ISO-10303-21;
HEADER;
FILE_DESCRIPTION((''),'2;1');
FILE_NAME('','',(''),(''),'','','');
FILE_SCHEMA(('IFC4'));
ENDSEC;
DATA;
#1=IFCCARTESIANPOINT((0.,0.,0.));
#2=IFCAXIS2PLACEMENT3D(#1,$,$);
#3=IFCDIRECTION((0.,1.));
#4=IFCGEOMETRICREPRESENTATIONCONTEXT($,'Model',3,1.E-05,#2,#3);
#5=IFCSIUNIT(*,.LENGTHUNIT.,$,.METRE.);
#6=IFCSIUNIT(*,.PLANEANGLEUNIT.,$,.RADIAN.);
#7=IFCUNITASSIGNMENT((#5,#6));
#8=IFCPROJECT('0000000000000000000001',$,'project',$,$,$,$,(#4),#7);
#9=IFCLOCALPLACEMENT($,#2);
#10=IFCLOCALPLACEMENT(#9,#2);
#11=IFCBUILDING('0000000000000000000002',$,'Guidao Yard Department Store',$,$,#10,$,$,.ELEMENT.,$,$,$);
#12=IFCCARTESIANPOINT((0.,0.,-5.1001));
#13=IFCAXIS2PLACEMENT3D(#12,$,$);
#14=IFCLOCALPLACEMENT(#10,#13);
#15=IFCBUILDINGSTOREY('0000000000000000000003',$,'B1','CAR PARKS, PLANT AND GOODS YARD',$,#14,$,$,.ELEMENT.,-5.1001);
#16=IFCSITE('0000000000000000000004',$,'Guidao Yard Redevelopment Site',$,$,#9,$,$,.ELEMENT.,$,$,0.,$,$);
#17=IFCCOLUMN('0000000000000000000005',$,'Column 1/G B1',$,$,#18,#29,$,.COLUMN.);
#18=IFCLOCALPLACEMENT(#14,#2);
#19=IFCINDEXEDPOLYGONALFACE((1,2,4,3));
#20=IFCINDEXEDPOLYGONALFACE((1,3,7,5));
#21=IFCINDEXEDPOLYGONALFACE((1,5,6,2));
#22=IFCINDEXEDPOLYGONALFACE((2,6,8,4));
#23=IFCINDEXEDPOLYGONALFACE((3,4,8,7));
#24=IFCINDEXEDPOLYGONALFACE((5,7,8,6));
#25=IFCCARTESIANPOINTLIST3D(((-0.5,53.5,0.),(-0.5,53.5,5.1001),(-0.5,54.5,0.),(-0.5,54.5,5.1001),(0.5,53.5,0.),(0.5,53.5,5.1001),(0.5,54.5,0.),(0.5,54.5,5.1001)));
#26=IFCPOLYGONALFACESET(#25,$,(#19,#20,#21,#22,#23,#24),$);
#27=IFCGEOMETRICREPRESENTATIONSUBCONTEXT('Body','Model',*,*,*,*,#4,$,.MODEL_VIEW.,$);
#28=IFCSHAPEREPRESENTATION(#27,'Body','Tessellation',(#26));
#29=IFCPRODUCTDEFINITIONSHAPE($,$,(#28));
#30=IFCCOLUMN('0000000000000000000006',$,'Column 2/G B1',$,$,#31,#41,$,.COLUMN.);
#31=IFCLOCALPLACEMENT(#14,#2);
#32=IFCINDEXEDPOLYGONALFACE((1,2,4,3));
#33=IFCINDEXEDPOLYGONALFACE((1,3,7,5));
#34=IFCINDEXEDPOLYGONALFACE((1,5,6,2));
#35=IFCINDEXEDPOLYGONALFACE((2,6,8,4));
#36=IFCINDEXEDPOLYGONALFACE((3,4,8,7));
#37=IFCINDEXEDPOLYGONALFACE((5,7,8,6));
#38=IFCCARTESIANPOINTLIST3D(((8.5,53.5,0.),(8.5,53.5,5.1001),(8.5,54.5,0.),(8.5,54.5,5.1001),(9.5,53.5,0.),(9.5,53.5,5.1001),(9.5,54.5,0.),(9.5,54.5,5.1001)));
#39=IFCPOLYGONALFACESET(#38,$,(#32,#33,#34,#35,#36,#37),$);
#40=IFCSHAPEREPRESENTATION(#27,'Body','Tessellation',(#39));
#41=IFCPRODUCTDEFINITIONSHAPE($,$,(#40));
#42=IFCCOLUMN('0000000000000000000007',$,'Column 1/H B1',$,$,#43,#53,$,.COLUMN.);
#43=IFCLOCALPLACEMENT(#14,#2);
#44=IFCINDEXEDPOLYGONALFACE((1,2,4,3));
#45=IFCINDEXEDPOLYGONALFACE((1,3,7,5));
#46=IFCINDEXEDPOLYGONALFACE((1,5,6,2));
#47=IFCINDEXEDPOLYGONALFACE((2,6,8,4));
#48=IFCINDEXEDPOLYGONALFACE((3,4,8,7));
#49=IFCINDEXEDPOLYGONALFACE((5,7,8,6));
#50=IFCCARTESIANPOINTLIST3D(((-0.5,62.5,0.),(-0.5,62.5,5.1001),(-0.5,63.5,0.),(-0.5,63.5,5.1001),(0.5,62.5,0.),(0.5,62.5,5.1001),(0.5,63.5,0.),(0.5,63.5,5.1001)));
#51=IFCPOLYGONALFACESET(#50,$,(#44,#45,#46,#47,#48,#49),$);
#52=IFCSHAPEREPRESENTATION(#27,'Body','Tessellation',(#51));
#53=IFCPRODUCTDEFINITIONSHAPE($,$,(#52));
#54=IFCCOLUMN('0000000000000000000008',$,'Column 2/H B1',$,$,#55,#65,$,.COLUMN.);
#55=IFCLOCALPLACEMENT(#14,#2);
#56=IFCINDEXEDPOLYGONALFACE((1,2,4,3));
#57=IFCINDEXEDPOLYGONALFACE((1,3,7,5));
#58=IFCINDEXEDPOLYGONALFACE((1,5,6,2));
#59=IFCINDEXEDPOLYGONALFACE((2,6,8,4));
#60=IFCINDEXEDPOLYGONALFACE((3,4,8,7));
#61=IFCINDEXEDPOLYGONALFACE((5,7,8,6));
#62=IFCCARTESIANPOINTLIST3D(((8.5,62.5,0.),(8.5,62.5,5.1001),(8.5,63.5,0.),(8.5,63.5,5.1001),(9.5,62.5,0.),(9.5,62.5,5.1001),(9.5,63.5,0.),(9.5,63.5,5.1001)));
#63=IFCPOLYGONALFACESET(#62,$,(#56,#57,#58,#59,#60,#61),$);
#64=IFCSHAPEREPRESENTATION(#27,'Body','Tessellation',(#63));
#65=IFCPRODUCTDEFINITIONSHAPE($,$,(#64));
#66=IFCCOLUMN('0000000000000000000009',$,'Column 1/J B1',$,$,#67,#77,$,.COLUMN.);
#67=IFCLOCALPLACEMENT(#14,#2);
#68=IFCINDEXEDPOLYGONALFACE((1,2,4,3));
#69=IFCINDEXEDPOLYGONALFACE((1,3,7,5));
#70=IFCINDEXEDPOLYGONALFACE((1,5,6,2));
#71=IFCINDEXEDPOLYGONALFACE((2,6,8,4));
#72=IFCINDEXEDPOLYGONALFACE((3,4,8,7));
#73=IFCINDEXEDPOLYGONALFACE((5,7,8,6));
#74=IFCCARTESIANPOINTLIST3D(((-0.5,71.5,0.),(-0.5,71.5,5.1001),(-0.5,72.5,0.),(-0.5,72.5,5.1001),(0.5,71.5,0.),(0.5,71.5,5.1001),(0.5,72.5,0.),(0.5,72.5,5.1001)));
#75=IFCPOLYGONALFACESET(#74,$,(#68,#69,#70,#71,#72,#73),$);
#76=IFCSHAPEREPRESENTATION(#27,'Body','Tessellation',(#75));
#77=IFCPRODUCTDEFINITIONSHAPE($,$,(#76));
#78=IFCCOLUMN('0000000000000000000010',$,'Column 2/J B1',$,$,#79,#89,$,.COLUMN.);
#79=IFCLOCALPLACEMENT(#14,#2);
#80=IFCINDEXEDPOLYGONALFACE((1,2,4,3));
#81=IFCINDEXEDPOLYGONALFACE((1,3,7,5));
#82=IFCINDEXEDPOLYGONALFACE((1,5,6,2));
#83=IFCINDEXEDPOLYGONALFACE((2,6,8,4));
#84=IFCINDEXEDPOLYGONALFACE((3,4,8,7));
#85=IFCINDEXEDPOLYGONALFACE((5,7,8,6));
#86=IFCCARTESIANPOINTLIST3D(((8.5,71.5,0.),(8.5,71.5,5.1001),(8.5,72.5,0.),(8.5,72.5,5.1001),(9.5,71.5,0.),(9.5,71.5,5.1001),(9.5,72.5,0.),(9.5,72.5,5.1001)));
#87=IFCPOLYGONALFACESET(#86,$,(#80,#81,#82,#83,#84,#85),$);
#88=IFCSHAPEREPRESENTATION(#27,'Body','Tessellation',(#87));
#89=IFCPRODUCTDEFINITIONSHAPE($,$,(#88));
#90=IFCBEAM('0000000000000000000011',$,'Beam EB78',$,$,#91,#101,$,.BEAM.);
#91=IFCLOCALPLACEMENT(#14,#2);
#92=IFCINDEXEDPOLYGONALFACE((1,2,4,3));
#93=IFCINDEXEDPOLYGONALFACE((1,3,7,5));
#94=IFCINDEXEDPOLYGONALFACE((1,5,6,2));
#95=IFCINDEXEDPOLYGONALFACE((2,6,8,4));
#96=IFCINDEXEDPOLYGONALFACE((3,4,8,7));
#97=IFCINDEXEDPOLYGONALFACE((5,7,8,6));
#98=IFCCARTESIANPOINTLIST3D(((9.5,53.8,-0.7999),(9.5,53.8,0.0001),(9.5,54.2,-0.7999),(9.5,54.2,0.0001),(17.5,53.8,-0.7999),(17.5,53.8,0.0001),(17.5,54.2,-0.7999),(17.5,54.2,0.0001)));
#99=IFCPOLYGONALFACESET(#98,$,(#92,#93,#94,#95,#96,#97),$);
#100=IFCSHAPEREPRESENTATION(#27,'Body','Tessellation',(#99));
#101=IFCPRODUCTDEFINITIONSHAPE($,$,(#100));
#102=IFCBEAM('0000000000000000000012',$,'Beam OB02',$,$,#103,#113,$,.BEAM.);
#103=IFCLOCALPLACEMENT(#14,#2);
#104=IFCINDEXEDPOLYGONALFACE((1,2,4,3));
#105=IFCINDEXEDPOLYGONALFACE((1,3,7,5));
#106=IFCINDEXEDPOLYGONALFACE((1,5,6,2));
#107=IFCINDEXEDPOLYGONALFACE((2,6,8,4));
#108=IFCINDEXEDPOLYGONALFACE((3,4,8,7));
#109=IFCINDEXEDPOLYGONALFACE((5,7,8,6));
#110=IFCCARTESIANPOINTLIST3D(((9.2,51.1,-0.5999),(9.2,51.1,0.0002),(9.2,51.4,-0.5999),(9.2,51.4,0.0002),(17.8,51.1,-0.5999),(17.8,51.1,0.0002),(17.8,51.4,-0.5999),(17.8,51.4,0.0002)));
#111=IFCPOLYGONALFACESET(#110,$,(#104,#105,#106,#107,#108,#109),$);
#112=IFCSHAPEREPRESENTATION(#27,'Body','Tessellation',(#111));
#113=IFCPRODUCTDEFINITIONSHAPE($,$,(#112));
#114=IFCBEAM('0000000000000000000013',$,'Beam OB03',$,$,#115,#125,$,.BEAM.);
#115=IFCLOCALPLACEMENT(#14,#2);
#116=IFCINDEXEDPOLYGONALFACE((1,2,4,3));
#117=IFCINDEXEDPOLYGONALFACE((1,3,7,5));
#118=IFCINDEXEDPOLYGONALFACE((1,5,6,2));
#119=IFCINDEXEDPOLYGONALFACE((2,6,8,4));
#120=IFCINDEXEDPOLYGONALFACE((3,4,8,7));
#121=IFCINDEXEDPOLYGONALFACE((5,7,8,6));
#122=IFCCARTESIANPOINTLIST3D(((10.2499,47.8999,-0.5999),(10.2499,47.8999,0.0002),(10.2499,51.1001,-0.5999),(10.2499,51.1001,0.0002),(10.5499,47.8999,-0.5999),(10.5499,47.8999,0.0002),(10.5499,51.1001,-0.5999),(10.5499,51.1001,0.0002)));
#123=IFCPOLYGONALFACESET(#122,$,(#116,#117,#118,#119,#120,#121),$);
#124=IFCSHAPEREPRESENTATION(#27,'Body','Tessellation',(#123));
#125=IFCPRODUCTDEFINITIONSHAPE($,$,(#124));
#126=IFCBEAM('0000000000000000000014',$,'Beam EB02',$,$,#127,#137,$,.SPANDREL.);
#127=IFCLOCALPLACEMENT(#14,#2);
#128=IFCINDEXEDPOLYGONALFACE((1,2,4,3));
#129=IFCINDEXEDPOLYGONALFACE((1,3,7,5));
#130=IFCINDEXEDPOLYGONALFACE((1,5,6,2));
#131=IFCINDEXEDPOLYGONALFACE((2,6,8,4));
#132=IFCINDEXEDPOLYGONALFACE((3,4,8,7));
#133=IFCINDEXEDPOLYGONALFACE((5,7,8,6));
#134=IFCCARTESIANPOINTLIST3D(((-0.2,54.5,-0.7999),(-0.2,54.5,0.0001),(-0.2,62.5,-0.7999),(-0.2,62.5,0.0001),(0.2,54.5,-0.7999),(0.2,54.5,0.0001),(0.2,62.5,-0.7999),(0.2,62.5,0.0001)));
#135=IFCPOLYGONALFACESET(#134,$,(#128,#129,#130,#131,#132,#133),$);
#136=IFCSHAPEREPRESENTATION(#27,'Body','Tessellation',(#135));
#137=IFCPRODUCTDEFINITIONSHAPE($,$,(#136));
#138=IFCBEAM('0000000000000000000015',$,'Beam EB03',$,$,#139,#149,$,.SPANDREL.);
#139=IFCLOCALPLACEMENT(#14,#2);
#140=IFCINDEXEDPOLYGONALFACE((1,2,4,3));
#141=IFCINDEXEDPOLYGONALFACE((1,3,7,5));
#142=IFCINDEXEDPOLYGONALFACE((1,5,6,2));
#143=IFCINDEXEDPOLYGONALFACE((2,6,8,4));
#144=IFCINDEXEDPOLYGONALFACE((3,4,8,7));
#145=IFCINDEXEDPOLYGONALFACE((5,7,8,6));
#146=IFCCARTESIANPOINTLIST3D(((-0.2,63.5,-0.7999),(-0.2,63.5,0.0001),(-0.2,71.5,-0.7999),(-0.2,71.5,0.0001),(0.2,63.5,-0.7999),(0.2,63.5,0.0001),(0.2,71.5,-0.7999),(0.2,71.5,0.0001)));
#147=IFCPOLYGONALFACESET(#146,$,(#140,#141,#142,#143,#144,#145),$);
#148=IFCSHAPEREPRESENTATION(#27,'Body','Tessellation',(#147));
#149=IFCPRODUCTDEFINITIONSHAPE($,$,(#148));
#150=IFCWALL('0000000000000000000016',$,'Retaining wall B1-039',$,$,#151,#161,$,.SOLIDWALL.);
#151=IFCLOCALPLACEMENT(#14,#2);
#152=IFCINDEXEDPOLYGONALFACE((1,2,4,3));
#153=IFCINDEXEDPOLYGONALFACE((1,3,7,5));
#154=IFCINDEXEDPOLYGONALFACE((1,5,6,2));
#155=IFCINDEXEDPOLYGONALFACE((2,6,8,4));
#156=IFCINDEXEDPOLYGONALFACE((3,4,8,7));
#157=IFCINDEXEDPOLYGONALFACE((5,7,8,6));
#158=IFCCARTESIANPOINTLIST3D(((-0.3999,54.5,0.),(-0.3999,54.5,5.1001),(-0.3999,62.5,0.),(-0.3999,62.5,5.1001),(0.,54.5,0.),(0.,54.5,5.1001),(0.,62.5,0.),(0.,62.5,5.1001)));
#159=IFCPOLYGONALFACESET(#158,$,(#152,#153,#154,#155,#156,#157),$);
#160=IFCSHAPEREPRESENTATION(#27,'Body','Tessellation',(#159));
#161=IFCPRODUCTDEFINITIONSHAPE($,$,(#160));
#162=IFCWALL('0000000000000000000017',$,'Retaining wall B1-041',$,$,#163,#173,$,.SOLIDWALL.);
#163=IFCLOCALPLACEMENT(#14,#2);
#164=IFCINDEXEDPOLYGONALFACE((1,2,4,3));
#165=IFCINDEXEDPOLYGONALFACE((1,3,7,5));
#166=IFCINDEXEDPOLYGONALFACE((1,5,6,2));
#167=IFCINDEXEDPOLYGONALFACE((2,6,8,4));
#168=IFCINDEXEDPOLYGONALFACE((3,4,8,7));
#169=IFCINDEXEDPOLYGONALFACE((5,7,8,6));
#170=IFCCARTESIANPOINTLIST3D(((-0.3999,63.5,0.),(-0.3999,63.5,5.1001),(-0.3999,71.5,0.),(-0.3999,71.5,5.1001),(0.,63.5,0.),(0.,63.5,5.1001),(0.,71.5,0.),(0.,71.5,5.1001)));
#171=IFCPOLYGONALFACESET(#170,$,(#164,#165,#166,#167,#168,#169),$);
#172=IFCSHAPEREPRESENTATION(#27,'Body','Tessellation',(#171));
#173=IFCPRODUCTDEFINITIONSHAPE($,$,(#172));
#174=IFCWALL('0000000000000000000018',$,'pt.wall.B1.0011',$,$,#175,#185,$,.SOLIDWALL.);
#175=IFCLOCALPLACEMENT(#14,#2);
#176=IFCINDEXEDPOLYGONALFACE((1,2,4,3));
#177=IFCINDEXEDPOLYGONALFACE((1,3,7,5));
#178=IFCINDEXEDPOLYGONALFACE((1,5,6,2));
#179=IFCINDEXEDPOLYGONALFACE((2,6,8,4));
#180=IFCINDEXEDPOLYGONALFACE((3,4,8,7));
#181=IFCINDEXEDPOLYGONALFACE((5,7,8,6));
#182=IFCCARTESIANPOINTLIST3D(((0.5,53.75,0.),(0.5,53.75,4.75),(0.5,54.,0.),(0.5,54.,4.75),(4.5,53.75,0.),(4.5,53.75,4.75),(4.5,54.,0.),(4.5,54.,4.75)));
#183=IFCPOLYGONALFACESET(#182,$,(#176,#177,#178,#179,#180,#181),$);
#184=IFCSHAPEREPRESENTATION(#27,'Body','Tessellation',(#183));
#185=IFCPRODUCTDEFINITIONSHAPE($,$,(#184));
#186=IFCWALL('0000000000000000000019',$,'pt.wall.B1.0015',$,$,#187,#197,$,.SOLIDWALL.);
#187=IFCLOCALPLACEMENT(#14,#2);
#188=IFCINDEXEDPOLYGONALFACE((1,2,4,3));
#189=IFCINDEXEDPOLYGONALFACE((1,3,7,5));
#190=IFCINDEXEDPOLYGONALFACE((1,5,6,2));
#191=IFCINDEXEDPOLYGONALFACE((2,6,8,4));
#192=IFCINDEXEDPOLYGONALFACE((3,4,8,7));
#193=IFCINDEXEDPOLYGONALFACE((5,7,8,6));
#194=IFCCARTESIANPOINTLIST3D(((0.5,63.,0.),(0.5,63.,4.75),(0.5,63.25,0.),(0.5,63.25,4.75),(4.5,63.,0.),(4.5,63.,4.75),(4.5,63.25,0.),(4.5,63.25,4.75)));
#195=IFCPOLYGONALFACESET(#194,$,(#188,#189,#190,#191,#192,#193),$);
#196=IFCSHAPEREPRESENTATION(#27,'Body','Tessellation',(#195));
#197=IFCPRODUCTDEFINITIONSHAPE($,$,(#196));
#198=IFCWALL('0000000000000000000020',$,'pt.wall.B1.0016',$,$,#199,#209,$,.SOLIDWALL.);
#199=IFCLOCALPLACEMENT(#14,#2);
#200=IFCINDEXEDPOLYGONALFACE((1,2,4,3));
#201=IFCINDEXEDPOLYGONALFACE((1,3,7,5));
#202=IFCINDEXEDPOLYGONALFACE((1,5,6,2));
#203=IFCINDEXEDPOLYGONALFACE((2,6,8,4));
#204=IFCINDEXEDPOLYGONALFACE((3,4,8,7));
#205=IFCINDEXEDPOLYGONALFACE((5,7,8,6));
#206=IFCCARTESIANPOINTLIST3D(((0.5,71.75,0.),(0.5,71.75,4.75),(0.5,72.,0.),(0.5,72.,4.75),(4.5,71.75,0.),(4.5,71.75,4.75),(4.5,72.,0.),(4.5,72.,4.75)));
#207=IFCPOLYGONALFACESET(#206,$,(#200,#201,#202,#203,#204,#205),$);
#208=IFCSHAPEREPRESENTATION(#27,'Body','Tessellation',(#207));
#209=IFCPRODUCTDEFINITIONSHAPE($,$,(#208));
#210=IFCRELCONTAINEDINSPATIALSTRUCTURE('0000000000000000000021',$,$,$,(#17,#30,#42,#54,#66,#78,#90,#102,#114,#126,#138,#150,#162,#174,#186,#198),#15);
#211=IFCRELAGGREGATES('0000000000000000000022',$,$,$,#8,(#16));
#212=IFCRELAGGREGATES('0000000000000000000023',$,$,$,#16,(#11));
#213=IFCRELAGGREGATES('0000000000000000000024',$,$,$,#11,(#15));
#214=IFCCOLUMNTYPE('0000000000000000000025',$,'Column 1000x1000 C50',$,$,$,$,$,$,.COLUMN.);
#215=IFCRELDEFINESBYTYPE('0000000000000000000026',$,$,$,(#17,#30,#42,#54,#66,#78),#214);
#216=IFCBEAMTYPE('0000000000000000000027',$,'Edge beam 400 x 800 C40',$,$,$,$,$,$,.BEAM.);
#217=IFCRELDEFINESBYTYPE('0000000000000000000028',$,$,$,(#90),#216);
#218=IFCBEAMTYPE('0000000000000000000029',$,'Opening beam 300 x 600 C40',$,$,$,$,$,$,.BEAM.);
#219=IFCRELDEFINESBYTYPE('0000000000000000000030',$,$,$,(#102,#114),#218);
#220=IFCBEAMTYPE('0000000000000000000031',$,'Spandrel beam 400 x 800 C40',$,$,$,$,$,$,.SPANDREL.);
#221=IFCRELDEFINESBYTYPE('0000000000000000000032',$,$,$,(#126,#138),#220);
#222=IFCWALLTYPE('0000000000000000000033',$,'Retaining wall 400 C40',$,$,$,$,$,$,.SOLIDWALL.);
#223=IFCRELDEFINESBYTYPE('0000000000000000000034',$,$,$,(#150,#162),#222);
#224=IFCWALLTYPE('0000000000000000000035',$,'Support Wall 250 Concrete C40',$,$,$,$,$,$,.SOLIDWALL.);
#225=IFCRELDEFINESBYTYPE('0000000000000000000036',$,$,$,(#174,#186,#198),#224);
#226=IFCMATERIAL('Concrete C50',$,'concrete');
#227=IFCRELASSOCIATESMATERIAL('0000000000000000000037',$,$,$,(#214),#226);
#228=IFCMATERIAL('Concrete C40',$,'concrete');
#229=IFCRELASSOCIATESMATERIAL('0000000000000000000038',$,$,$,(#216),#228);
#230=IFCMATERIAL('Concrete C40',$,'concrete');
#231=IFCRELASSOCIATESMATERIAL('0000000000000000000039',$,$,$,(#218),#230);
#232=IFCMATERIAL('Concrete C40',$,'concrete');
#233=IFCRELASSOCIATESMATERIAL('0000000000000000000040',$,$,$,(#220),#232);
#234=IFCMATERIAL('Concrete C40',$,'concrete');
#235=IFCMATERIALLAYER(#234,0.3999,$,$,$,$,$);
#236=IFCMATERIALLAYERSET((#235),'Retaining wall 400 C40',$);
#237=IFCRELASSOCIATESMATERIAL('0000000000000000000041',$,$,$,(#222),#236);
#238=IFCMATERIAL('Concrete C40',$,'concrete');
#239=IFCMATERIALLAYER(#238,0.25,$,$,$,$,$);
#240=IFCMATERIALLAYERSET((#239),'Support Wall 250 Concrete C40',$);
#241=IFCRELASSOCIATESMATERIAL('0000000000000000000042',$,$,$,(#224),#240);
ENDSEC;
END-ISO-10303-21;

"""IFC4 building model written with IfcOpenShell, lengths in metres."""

from ifc_helpers import new_model, si_unit, direction, frame, frame_2d, origin, origin_2d, place, context, subcontext, project, spatial, rectangle, extrude, material, layer, layer_set, material_profile, profile_set, type_object, element, save


model = new_model("IFC4")

# Units and contexts
model_context = context("Model", 3, precision=1e-05, world=origin(), true_north=direction((0.0, 1.0)))
body_context = subcontext(model_context, "Body", "Model", "MODEL_VIEW")
ifc_project = project(units=[si_unit("LENGTHUNIT", "METRE"), si_unit("PLANEANGLEUNIT", "RADIAN")], contexts=[model_context])

# Site, building, storey
site_placement = place(None, origin())
site = spatial("IfcSite", under=ifc_project, at=site_placement, Name="Guidao Yard Redevelopment Site", CompositionType="ELEMENT", RefElevation=0.0)
building_placement = place(site_placement, origin())
building = spatial("IfcBuilding", under=site, at=building_placement, Name="Guidao Yard Department Store", CompositionType="ELEMENT")
storey_placement = place(building_placement, frame((0.0, 0.0, -5.1001)))
storey = spatial("IfcBuildingStorey", under=building, at=storey_placement, Name="B1", Description="CAR PARKS, PLANT AND GOODS YARD", CompositionType="ELEMENT", Elevation=-5.1001)

# Columns
ifc_material_1 = material(Name="Concrete C50", Category="concrete")
ifc_material_profile_1 = material_profile(ifc_material_1, rectangle(XDim=1.0, YDim=1.0, at=origin_2d()), Name="COL 1000x1000")
ifc_profile_set_1 = profile_set([ifc_material_profile_1], Name="Concrete C50")
column_type = type_object("IfcColumnType", Name="Column 1000x1000 C50", PredefinedType="COLUMN", material=ifc_profile_set_1)
for number, where, z_axis, x_axis, name in (
    (1, (0.0, 54.0, 0.0), (0.0, 0.0, 1.0), (1.0, 0.0, 0.0), "Column 1/G B1"),
    (2, (9.0, 54.0, 0.0), (0.0, 0.0, 1.0), (1.0, 0.0, 0.0), "Column 2/G B1"),
    (3, (0.0, 63.0, 0.0), (0.0, 0.0, 1.0), (1.0, 0.0, 0.0), "Column 1/H B1"),
    (4, (9.0, 63.0, 0.0), (0.0, 0.0, 1.0), (1.0, 0.0, 0.0), "Column 2/H B1"),
    (5, (0.0, 72.0, 0.0), (0.0, 0.0, 1.0), (1.0, 0.0, 0.0), "Column 1/J B1"),
    (6, (9.0, 72.0, 0.0), (0.0, 0.0, 1.0), (1.0, 0.0, 0.0), "Column 2/J B1"),
):
    element("IfcColumn", number, at=place(storey_placement, frame(where, z_axis=z_axis, x_axis=x_axis)), inside=storey, type_object=column_type, Name=name, PredefinedType="COLUMN", context=body_context, shape_type="SweptSolid", body=[
        extrude(rectangle(XDim=1.0, YDim=1.0, at=origin_2d()), origin(), (0.0, 0.0, 1.0), 5.1001),
    ])

# Beams
ifc_material_2 = material(Name="Concrete C40", Category="concrete")
ifc_material_profile_2 = material_profile(ifc_material_2, rectangle(XDim=0.3999, YDim=0.8, at=origin_2d()), Name="Edge beam 400 x 800 C40")
ifc_profile_set_2 = profile_set([ifc_material_profile_2], Name="Concrete C40")
beam_type_1 = type_object("IfcBeamType", Name="Edge beam 400 x 800 C40", PredefinedType="BEAM", material=ifc_profile_set_2)
beam_1_placement = place(storey_placement, frame((9.5, 54.0, -0.3999), z_axis=(1.0, 0.0, 0.0), x_axis=(0.0, 1.0, 0.0)))
element("IfcBeam", 7, at=beam_1_placement, inside=storey, type_object=beam_type_1, Name="Beam EB78", PredefinedType="BEAM", context=body_context, shape_type="SweptSolid", body=[
    extrude(rectangle(XDim=0.3999, YDim=0.8, at=origin_2d()), origin(), (0.0, 0.0, 1.0), 8.0),
])
ifc_material_3 = material(Name="Concrete C40", Category="concrete")
ifc_material_profile_3 = material_profile(ifc_material_3, rectangle(XDim=0.3, YDim=0.6001, at=origin_2d()), Name="Opening beam 300 x 600 C40")
ifc_profile_set_3 = profile_set([ifc_material_profile_3], Name="Concrete C40")
beam_type_2 = type_object("IfcBeamType", Name="Opening beam 300 x 600 C40", PredefinedType="BEAM", material=ifc_profile_set_3)
beam_2_placement = place(storey_placement, frame((9.2, 51.25, -0.2998), z_axis=(1.0, 0.0, 0.0), x_axis=(0.0, 1.0, 0.0)))
element("IfcBeam", 8, at=beam_2_placement, inside=storey, type_object=beam_type_2, Name="Beam OB02", PredefinedType="BEAM", context=body_context, shape_type="SweptSolid", body=[
    extrude(rectangle(XDim=0.3, YDim=0.6001, at=origin_2d()), origin(), (0.0, 0.0, 1.0), 8.6001),
])
beam_3_placement = place(storey_placement, frame((10.3999, 47.8999, -0.2998), z_axis=(0.0, 1.0, 0.0), x_axis=(-1.0, 0.0, 0.0)))
element("IfcBeam", 9, at=beam_3_placement, inside=storey, type_object=beam_type_2, Name="Beam OB03", PredefinedType="BEAM", context=body_context, shape_type="SweptSolid", body=[
    extrude(rectangle(XDim=0.3, YDim=0.6001, at=origin_2d()), origin(), (0.0, 0.0, 1.0), 3.2002),
])
ifc_material_4 = material(Name="Concrete C40", Category="concrete")
ifc_material_profile_4 = material_profile(ifc_material_4, rectangle(XDim=0.3999, YDim=0.8, at=origin_2d()), Name="Spandrel beam 400 x 800 C40")
ifc_profile_set_4 = profile_set([ifc_material_profile_4], Name="Concrete C40")
beam_type_3 = type_object("IfcBeamType", Name="Spandrel beam 400 x 800 C40", PredefinedType="SPANDREL", material=ifc_profile_set_4)
for number, where, z_axis, x_axis, name in (
    (10, (0.0, 54.5, -0.3999), (0.0, 1.0, 0.0), (-1.0, 0.0, 0.0), "Beam EB02"),
    (11, (0.0, 63.5, -0.3999), (0.0, 1.0, 0.0), (-1.0, 0.0, 0.0), "Beam EB03"),
):
    element("IfcBeam", number, at=place(storey_placement, frame(where, z_axis=z_axis, x_axis=x_axis)), inside=storey, type_object=beam_type_3, Name=name, PredefinedType="SPANDREL", context=body_context, shape_type="SweptSolid", body=[
        extrude(rectangle(XDim=0.3999, YDim=0.8, at=origin_2d()), origin(), (0.0, 0.0, 1.0), 8.0),
    ])

# Walls
ifc_material_5 = material(Name="Concrete C40", Category="concrete")
ifc_layer_1 = layer(ifc_material_5, 0.3999)
ifc_layer_set_1 = layer_set([ifc_layer_1], Name="Retaining wall 400 C40")
wall_type_1 = type_object("IfcWallType", Name="Retaining wall 400 C40", PredefinedType="SOLIDWALL", material=ifc_layer_set_1)
for number, where, z_axis, x_axis, name in (
    (12, (-0.2, 54.5, 0.0), (0.0, 0.0, 1.0), (0.0, 1.0, 0.0), "Retaining wall B1-039"),
    (13, (-0.2, 63.5, 0.0), (0.0, 0.0, 1.0), (0.0, 1.0, 0.0), "Retaining wall B1-041"),
):
    element("IfcWall", number, at=place(storey_placement, frame(where, z_axis=z_axis, x_axis=x_axis)), inside=storey, type_object=wall_type_1, Name=name, PredefinedType="SOLIDWALL", context=body_context, shape_type="SweptSolid", body=[
        extrude(rectangle(XDim=8.0, YDim=0.3999, at=frame_2d((4.0, 0.0))), origin(), (0.0, 0.0, 1.0), 5.1001),
    ])

# Walls
ifc_material_6 = material(Name="Concrete C40", Category="concrete")
ifc_layer_2 = layer(ifc_material_6, 0.25)
ifc_layer_set_2 = layer_set([ifc_layer_2], Name="Support Wall 250 Concrete C40")
wall_type_2 = type_object("IfcWallType", Name="Support Wall 250 Concrete C40", PredefinedType="SOLIDWALL", material=ifc_layer_set_2)
for number, where, z_axis, x_axis, name in (
    (14, (0.5, 53.875, 0.0), (0.0, 0.0, 1.0), (1.0, 0.0, 0.0), "pt.wall.B1.0011"),
    (15, (0.5, 63.125, 0.0), (0.0, 0.0, 1.0), (1.0, 0.0, 0.0), "pt.wall.B1.0015"),
    (16, (0.5, 71.875, 0.0), (0.0, 0.0, 1.0), (1.0, 0.0, 0.0), "pt.wall.B1.0016"),
):
    element("IfcWall", number, at=place(storey_placement, frame(where, z_axis=z_axis, x_axis=x_axis)), inside=storey, type_object=wall_type_2, Name=name, PredefinedType="SOLIDWALL", context=body_context, shape_type="SweptSolid", body=[
        extrude(rectangle(XDim=4.0, YDim=0.25, at=frame_2d((2.0, 0.0))), origin(), (0.0, 0.0, 1.0), 4.75),
    ])

save(model, "model.ifc")
